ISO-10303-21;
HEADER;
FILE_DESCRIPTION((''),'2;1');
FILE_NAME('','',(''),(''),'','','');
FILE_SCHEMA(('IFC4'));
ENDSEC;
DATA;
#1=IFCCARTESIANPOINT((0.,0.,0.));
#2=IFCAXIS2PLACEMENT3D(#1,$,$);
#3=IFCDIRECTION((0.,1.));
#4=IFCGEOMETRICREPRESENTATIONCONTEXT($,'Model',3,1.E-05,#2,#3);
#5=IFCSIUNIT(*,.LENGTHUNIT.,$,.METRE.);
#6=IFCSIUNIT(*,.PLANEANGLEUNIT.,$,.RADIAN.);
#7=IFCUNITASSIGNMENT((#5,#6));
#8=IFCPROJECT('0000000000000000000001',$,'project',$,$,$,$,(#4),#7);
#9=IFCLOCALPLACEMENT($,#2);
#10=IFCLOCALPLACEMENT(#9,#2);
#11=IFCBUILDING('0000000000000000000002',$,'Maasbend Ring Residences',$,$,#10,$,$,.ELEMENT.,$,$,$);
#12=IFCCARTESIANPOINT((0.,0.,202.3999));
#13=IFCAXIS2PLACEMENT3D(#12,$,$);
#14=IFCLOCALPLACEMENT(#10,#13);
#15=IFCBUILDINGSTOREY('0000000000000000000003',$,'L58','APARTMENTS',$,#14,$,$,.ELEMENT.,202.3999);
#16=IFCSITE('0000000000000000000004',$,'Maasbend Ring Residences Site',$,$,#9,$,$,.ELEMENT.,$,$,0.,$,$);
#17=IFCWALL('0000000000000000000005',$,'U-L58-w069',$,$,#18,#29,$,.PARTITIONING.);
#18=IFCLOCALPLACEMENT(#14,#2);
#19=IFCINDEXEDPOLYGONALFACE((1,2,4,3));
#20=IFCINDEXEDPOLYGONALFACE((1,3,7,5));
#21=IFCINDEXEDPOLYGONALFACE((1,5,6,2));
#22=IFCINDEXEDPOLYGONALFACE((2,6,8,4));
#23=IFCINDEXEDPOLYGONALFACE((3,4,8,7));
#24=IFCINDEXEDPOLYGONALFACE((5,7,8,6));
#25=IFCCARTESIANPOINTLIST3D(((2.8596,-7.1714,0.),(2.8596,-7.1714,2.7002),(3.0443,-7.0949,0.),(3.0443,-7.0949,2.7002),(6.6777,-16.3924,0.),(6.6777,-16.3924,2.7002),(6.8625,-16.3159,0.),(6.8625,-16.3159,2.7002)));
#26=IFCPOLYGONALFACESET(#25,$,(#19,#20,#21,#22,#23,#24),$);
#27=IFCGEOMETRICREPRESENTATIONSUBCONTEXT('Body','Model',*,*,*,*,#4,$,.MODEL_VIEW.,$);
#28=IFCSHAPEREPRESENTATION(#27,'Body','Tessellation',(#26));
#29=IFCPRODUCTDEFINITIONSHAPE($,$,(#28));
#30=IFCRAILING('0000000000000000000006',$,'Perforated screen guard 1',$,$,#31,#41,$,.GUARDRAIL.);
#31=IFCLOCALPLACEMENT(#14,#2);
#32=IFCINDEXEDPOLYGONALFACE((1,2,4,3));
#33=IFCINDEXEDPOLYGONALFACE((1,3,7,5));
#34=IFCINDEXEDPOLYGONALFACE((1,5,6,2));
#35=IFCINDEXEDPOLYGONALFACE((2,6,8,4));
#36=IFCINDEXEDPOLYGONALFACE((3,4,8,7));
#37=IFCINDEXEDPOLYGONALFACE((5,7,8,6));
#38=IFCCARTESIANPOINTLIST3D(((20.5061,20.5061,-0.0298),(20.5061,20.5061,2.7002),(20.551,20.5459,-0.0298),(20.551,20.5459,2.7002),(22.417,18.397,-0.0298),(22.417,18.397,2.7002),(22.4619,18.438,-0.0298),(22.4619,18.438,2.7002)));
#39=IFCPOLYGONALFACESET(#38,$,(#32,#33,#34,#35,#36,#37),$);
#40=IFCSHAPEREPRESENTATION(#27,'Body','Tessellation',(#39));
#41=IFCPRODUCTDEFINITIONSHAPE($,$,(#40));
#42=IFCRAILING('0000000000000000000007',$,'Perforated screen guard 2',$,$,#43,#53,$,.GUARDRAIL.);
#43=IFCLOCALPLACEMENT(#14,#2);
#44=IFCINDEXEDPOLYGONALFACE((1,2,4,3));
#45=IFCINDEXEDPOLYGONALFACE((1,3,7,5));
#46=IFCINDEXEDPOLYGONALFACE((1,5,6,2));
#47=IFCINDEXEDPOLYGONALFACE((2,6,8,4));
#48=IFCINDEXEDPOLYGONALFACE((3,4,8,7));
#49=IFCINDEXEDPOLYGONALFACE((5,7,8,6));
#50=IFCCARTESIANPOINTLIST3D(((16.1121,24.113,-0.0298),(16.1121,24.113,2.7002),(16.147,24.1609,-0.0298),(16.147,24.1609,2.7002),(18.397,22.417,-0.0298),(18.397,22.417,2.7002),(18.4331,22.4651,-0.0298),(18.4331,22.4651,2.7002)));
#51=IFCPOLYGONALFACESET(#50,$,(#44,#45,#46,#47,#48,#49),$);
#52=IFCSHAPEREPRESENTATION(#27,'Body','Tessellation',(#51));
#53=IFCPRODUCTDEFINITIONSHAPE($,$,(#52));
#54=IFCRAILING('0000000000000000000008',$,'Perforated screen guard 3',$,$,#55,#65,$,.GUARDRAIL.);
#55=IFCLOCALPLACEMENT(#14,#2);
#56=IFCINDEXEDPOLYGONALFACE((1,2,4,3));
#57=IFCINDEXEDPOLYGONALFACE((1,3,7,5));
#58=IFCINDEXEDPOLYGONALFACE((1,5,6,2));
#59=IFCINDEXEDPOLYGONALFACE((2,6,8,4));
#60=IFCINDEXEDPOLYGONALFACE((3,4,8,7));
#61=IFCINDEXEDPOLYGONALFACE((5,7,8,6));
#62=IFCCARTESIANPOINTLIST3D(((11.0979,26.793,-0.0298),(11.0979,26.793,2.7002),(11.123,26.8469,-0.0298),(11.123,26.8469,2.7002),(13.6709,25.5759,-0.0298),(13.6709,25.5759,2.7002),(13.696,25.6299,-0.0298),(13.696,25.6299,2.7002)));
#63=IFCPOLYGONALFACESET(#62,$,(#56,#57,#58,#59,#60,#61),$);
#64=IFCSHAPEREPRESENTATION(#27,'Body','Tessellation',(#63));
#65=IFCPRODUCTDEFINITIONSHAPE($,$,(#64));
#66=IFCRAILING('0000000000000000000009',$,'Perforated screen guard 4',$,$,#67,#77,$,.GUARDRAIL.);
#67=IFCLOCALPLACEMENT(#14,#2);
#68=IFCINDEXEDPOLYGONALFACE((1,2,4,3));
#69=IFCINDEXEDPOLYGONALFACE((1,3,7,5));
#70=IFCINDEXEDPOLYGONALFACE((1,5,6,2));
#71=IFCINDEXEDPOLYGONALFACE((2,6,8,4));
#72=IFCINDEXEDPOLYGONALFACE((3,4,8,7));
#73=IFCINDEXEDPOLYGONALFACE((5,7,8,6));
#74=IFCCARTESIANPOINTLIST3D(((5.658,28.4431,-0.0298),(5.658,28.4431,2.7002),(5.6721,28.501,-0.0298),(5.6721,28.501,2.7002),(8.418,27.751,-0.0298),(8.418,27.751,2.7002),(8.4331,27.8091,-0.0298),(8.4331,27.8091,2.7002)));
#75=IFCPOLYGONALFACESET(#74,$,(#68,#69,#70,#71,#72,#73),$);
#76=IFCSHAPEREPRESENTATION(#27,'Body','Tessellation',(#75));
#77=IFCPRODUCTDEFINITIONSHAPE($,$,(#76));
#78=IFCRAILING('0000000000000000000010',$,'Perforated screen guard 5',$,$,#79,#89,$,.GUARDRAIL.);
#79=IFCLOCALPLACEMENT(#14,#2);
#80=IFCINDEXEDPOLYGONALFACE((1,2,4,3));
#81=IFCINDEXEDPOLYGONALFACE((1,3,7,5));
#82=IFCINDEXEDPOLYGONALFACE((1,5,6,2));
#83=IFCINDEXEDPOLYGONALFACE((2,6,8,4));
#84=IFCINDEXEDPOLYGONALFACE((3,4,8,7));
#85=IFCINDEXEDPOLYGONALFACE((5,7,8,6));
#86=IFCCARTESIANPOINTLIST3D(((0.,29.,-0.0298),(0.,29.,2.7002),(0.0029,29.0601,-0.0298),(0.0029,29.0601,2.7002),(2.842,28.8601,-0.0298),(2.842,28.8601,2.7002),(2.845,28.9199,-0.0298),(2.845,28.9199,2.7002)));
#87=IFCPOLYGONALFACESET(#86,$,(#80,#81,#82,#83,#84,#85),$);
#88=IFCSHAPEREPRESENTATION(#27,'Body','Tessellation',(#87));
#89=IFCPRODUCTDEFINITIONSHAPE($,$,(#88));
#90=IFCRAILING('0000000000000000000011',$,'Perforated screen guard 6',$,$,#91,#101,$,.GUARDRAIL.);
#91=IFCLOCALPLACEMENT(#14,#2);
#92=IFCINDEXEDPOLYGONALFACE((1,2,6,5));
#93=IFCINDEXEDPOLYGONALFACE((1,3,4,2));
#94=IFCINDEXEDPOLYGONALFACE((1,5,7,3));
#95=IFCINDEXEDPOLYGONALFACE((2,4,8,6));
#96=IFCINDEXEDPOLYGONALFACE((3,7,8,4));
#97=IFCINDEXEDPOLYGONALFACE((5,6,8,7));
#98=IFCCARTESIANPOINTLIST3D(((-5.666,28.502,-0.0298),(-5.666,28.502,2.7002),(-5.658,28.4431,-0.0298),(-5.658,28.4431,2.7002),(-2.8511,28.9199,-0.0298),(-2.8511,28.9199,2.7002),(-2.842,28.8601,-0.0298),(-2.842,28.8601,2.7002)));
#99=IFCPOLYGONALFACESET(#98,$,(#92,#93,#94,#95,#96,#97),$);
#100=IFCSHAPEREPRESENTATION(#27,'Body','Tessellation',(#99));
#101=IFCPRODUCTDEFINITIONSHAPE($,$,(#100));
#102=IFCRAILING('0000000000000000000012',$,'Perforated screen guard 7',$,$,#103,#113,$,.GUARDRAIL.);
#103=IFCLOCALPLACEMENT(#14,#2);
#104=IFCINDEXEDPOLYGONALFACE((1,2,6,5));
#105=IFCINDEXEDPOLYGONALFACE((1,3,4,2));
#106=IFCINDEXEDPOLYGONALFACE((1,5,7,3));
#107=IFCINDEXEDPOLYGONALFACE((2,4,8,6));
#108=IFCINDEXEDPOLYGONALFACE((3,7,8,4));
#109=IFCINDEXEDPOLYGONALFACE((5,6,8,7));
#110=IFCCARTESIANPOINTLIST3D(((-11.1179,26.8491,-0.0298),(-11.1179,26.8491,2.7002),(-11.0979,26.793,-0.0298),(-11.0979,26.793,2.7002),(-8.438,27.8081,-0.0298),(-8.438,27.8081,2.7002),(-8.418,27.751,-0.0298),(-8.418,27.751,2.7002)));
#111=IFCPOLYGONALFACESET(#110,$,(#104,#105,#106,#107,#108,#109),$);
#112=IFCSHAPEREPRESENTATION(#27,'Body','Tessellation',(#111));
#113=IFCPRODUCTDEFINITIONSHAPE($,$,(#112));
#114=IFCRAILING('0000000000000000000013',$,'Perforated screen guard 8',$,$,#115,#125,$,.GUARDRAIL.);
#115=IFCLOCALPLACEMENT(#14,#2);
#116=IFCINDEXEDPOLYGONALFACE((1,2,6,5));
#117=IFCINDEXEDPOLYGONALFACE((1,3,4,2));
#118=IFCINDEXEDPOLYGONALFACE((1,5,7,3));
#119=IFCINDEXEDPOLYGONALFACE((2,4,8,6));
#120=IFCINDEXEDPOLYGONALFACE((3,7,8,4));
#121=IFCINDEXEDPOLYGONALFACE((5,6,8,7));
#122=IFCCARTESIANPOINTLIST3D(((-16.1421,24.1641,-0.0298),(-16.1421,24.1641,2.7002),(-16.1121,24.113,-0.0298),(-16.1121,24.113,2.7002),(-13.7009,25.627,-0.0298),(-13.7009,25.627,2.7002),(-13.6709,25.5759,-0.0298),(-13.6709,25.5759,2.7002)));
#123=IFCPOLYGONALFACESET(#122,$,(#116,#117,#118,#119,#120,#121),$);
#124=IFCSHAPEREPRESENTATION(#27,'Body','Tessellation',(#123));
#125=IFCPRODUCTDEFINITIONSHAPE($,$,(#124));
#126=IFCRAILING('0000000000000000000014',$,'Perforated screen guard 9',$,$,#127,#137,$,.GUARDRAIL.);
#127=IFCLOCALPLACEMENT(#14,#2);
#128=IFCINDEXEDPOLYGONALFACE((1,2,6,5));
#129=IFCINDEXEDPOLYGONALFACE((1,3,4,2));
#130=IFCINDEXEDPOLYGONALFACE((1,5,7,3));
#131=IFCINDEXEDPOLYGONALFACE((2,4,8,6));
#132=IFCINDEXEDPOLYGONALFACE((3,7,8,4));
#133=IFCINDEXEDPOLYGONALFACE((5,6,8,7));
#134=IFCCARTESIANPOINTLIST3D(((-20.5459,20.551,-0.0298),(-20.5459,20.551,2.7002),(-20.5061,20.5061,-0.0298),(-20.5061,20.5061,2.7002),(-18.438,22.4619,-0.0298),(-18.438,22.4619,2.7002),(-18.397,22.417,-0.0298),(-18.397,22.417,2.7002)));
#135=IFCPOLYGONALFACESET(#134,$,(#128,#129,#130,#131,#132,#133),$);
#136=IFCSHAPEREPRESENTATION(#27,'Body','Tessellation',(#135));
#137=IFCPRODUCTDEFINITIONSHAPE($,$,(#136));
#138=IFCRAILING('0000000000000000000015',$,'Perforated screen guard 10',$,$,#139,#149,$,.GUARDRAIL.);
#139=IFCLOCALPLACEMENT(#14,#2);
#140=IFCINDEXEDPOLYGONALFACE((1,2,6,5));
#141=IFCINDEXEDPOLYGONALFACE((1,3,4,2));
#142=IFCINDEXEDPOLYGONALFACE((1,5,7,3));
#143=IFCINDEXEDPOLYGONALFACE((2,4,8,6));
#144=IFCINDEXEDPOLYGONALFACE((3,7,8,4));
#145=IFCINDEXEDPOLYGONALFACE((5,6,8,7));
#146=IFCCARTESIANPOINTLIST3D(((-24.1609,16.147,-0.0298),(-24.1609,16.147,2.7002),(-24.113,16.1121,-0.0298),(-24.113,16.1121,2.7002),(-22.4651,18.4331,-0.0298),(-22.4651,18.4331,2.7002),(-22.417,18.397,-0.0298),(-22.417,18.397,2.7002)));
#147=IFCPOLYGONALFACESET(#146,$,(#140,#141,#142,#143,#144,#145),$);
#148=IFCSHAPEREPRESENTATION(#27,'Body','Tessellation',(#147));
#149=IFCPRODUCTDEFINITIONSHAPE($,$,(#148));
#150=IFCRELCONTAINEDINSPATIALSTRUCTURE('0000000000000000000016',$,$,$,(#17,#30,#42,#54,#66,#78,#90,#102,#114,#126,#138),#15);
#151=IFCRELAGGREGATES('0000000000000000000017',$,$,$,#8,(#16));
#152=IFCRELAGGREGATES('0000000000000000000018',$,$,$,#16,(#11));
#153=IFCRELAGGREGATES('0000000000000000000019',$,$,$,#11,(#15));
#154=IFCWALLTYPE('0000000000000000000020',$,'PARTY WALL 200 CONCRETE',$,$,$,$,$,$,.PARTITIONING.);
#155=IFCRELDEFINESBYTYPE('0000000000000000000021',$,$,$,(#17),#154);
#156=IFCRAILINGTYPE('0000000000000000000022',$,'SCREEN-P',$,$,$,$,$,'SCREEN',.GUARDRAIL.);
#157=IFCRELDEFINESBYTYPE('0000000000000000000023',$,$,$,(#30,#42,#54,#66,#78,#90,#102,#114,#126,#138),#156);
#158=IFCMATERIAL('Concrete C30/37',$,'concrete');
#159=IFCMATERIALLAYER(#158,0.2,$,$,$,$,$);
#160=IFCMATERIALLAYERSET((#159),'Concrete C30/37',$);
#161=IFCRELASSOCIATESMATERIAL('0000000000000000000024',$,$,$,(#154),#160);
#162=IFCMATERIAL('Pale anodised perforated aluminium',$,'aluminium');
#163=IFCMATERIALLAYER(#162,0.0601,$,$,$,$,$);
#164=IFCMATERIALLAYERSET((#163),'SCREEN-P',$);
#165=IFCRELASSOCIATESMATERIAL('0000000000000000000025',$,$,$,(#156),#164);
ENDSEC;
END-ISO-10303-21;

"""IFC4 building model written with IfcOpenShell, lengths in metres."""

from ifc_helpers import new_model, si_unit, direction, frame, frame_2d, origin, place, context, subcontext, project, spatial, polyline, rectangle, outline, extrude, material, layer, layer_set, type_object, element, save


model = new_model("IFC4")

# Units and contexts
model_context = context("Model", 3, precision=1e-05, world=origin(), true_north=direction((0.0, 1.0)))
body_context = subcontext(model_context, "Body", "Model", "MODEL_VIEW")
ifc_project = project(units=[si_unit("LENGTHUNIT", "METRE"), si_unit("PLANEANGLEUNIT", "RADIAN")], contexts=[model_context])

# Site, building, storey
site_placement = place(None, origin())
site = spatial("IfcSite", under=ifc_project, at=site_placement, Name="Maasbend Ring Residences Site", CompositionType="ELEMENT", RefElevation=0.0)
building_placement = place(site_placement, origin())
building = spatial("IfcBuilding", under=site, at=building_placement, Name="Maasbend Ring Residences", CompositionType="ELEMENT")
storey_placement = place(building_placement, frame((0.0, 0.0, 202.3999)))
storey = spatial("IfcBuildingStorey", under=building, at=storey_placement, Name="L58", Description="APARTMENTS", CompositionType="ELEMENT", Elevation=202.3999)

# Wall
ifc_material_1 = material(Name="Concrete C30/37", Category="concrete")
ifc_layer_1 = layer(ifc_material_1, 0.2)
ifc_layer_set_1 = layer_set([ifc_layer_1], Name="Concrete C30/37")
wall_type = type_object("IfcWallType", Name="PARTY WALL 200 CONCRETE", PredefinedType="PARTITIONING", material=ifc_layer_set_1)
wall_placement = place(storey_placement, frame((2.9519, -7.1331, 0.0), z_axis=(0.0, 0.0, 1.0), x_axis=(0.38257, -0.923927, 0.0)))
element("IfcWall", 1, at=wall_placement, inside=storey, type_object=wall_type, Name="U-L58-w069", PredefinedType="PARTITIONING", context=body_context, shape_type="SweptSolid", body=[
    extrude(rectangle(XDim=9.9802, YDim=0.2, at=frame_2d((4.9902, 0.0))), origin(), (0.0, 0.0, 1.0), 2.7002),
])

# Railings
ifc_material_2 = material(Name="Pale anodised perforated aluminium", Category="aluminium")
ifc_layer_2 = layer(ifc_material_2, 0.0601)
ifc_layer_set_2 = layer_set([ifc_layer_2], Name="SCREEN-P")
railing_type = type_object("IfcRailingType", Name="SCREEN-P", ElementType="SCREEN", PredefinedType="GUARDRAIL", material=ifc_layer_set_2)
railing_1_placement = place(storey_placement, frame((0.0, 0.0, -0.0298)))
element("IfcRailing", 2, at=railing_1_placement, inside=storey, type_object=railing_type, Name="Perforated screen guard 1", PredefinedType="GUARDRAIL", context=body_context, shape_type="SweptSolid", body=[
    extrude(outline(polyline([(22.417, 18.397), (20.5061, 20.5061), (20.551, 20.5459), (22.4619, 18.438), (22.417, 18.397)])), origin(), (0.0, 0.0, 1.0), 2.73),
])
railing_2_placement = place(storey_placement, frame((0.0, 0.0, -0.0298)))
element("IfcRailing", 3, at=railing_2_placement, inside=storey, type_object=railing_type, Name="Perforated screen guard 2", PredefinedType="GUARDRAIL", context=body_context, shape_type="SweptSolid", body=[
    extrude(outline(polyline([(18.397, 22.417), (16.1121, 24.113), (16.147, 24.1609), (18.4331, 22.4651), (18.397, 22.417)])), origin(), (0.0, 0.0, 1.0), 2.73),
])
railing_3_placement = place(storey_placement, frame((0.0, 0.0, -0.0298)))
element("IfcRailing", 4, at=railing_3_placement, inside=storey, type_object=railing_type, Name="Perforated screen guard 3", PredefinedType="GUARDRAIL", context=body_context, shape_type="SweptSolid", body=[
    extrude(outline(polyline([(13.6709, 25.5759), (11.0979, 26.793), (11.123, 26.8469), (13.696, 25.6299), (13.6709, 25.5759)])), origin(), (0.0, 0.0, 1.0), 2.73),
])
railing_4_placement = place(storey_placement, frame((0.0, 0.0, -0.0298)))
element("IfcRailing", 5, at=railing_4_placement, inside=storey, type_object=railing_type, Name="Perforated screen guard 4", PredefinedType="GUARDRAIL", context=body_context, shape_type="SweptSolid", body=[
    extrude(outline(polyline([(8.418, 27.751), (5.658, 28.4431), (5.6721, 28.501), (8.4331, 27.8091), (8.418, 27.751)])), origin(), (0.0, 0.0, 1.0), 2.73),
])
railing_5_placement = place(storey_placement, frame((0.0, 0.0, -0.0298)))
element("IfcRailing", 6, at=railing_5_placement, inside=storey, type_object=railing_type, Name="Perforated screen guard 5", PredefinedType="GUARDRAIL", context=body_context, shape_type="SweptSolid", body=[
    extrude(outline(polyline([(2.842, 28.8601), (0.0, 29.0), (0.0029, 29.0601), (2.845, 28.9199), (2.842, 28.8601)])), origin(), (0.0, 0.0, 1.0), 2.73),
])
railing_6_placement = place(storey_placement, frame((0.0, 0.0, -0.0298)))
element("IfcRailing", 7, at=railing_6_placement, inside=storey, type_object=railing_type, Name="Perforated screen guard 6", PredefinedType="GUARDRAIL", context=body_context, shape_type="SweptSolid", body=[
    extrude(outline(polyline([(-2.842, 28.8601), (-5.658, 28.4431), (-5.666, 28.502), (-2.8511, 28.9199), (-2.842, 28.8601)])), origin(), (0.0, 0.0, 1.0), 2.73),
])
railing_7_placement = place(storey_placement, frame((0.0, 0.0, -0.0298)))
element("IfcRailing", 8, at=railing_7_placement, inside=storey, type_object=railing_type, Name="Perforated screen guard 7", PredefinedType="GUARDRAIL", context=body_context, shape_type="SweptSolid", body=[
    extrude(outline(polyline([(-8.418, 27.751), (-11.0979, 26.793), (-11.1179, 26.8491), (-8.438, 27.8081), (-8.418, 27.751)])), origin(), (0.0, 0.0, 1.0), 2.73),
])
railing_8_placement = place(storey_placement, frame((0.0, 0.0, -0.0298)))
element("IfcRailing", 9, at=railing_8_placement, inside=storey, type_object=railing_type, Name="Perforated screen guard 8", PredefinedType="GUARDRAIL", context=body_context, shape_type="SweptSolid", body=[
    extrude(outline(polyline([(-13.6709, 25.5759), (-16.1121, 24.113), (-16.1421, 24.1641), (-13.7009, 25.627), (-13.6709, 25.5759)])), origin(), (0.0, 0.0, 1.0), 2.73),
])
railing_9_placement = place(storey_placement, frame((0.0, 0.0, -0.0298)))
element("IfcRailing", 10, at=railing_9_placement, inside=storey, type_object=railing_type, Name="Perforated screen guard 9", PredefinedType="GUARDRAIL", context=body_context, shape_type="SweptSolid", body=[
    extrude(outline(polyline([(-18.397, 22.417), (-20.5061, 20.5061), (-20.5459, 20.551), (-18.438, 22.4619), (-18.397, 22.417)])), origin(), (0.0, 0.0, 1.0), 2.73),
])
railing_10_placement = place(storey_placement, frame((0.0, 0.0, -0.0298)))
element("IfcRailing", 11, at=railing_10_placement, inside=storey, type_object=railing_type, Name="Perforated screen guard 10", PredefinedType="GUARDRAIL", context=body_context, shape_type="SweptSolid", body=[
    extrude(outline(polyline([(-22.417, 18.397), (-24.113, 16.1121), (-24.1609, 16.147), (-22.4651, 18.4331), (-22.417, 18.397)])), origin(), (0.0, 0.0, 1.0), 2.73),
])

save(model, "model.ifc")
